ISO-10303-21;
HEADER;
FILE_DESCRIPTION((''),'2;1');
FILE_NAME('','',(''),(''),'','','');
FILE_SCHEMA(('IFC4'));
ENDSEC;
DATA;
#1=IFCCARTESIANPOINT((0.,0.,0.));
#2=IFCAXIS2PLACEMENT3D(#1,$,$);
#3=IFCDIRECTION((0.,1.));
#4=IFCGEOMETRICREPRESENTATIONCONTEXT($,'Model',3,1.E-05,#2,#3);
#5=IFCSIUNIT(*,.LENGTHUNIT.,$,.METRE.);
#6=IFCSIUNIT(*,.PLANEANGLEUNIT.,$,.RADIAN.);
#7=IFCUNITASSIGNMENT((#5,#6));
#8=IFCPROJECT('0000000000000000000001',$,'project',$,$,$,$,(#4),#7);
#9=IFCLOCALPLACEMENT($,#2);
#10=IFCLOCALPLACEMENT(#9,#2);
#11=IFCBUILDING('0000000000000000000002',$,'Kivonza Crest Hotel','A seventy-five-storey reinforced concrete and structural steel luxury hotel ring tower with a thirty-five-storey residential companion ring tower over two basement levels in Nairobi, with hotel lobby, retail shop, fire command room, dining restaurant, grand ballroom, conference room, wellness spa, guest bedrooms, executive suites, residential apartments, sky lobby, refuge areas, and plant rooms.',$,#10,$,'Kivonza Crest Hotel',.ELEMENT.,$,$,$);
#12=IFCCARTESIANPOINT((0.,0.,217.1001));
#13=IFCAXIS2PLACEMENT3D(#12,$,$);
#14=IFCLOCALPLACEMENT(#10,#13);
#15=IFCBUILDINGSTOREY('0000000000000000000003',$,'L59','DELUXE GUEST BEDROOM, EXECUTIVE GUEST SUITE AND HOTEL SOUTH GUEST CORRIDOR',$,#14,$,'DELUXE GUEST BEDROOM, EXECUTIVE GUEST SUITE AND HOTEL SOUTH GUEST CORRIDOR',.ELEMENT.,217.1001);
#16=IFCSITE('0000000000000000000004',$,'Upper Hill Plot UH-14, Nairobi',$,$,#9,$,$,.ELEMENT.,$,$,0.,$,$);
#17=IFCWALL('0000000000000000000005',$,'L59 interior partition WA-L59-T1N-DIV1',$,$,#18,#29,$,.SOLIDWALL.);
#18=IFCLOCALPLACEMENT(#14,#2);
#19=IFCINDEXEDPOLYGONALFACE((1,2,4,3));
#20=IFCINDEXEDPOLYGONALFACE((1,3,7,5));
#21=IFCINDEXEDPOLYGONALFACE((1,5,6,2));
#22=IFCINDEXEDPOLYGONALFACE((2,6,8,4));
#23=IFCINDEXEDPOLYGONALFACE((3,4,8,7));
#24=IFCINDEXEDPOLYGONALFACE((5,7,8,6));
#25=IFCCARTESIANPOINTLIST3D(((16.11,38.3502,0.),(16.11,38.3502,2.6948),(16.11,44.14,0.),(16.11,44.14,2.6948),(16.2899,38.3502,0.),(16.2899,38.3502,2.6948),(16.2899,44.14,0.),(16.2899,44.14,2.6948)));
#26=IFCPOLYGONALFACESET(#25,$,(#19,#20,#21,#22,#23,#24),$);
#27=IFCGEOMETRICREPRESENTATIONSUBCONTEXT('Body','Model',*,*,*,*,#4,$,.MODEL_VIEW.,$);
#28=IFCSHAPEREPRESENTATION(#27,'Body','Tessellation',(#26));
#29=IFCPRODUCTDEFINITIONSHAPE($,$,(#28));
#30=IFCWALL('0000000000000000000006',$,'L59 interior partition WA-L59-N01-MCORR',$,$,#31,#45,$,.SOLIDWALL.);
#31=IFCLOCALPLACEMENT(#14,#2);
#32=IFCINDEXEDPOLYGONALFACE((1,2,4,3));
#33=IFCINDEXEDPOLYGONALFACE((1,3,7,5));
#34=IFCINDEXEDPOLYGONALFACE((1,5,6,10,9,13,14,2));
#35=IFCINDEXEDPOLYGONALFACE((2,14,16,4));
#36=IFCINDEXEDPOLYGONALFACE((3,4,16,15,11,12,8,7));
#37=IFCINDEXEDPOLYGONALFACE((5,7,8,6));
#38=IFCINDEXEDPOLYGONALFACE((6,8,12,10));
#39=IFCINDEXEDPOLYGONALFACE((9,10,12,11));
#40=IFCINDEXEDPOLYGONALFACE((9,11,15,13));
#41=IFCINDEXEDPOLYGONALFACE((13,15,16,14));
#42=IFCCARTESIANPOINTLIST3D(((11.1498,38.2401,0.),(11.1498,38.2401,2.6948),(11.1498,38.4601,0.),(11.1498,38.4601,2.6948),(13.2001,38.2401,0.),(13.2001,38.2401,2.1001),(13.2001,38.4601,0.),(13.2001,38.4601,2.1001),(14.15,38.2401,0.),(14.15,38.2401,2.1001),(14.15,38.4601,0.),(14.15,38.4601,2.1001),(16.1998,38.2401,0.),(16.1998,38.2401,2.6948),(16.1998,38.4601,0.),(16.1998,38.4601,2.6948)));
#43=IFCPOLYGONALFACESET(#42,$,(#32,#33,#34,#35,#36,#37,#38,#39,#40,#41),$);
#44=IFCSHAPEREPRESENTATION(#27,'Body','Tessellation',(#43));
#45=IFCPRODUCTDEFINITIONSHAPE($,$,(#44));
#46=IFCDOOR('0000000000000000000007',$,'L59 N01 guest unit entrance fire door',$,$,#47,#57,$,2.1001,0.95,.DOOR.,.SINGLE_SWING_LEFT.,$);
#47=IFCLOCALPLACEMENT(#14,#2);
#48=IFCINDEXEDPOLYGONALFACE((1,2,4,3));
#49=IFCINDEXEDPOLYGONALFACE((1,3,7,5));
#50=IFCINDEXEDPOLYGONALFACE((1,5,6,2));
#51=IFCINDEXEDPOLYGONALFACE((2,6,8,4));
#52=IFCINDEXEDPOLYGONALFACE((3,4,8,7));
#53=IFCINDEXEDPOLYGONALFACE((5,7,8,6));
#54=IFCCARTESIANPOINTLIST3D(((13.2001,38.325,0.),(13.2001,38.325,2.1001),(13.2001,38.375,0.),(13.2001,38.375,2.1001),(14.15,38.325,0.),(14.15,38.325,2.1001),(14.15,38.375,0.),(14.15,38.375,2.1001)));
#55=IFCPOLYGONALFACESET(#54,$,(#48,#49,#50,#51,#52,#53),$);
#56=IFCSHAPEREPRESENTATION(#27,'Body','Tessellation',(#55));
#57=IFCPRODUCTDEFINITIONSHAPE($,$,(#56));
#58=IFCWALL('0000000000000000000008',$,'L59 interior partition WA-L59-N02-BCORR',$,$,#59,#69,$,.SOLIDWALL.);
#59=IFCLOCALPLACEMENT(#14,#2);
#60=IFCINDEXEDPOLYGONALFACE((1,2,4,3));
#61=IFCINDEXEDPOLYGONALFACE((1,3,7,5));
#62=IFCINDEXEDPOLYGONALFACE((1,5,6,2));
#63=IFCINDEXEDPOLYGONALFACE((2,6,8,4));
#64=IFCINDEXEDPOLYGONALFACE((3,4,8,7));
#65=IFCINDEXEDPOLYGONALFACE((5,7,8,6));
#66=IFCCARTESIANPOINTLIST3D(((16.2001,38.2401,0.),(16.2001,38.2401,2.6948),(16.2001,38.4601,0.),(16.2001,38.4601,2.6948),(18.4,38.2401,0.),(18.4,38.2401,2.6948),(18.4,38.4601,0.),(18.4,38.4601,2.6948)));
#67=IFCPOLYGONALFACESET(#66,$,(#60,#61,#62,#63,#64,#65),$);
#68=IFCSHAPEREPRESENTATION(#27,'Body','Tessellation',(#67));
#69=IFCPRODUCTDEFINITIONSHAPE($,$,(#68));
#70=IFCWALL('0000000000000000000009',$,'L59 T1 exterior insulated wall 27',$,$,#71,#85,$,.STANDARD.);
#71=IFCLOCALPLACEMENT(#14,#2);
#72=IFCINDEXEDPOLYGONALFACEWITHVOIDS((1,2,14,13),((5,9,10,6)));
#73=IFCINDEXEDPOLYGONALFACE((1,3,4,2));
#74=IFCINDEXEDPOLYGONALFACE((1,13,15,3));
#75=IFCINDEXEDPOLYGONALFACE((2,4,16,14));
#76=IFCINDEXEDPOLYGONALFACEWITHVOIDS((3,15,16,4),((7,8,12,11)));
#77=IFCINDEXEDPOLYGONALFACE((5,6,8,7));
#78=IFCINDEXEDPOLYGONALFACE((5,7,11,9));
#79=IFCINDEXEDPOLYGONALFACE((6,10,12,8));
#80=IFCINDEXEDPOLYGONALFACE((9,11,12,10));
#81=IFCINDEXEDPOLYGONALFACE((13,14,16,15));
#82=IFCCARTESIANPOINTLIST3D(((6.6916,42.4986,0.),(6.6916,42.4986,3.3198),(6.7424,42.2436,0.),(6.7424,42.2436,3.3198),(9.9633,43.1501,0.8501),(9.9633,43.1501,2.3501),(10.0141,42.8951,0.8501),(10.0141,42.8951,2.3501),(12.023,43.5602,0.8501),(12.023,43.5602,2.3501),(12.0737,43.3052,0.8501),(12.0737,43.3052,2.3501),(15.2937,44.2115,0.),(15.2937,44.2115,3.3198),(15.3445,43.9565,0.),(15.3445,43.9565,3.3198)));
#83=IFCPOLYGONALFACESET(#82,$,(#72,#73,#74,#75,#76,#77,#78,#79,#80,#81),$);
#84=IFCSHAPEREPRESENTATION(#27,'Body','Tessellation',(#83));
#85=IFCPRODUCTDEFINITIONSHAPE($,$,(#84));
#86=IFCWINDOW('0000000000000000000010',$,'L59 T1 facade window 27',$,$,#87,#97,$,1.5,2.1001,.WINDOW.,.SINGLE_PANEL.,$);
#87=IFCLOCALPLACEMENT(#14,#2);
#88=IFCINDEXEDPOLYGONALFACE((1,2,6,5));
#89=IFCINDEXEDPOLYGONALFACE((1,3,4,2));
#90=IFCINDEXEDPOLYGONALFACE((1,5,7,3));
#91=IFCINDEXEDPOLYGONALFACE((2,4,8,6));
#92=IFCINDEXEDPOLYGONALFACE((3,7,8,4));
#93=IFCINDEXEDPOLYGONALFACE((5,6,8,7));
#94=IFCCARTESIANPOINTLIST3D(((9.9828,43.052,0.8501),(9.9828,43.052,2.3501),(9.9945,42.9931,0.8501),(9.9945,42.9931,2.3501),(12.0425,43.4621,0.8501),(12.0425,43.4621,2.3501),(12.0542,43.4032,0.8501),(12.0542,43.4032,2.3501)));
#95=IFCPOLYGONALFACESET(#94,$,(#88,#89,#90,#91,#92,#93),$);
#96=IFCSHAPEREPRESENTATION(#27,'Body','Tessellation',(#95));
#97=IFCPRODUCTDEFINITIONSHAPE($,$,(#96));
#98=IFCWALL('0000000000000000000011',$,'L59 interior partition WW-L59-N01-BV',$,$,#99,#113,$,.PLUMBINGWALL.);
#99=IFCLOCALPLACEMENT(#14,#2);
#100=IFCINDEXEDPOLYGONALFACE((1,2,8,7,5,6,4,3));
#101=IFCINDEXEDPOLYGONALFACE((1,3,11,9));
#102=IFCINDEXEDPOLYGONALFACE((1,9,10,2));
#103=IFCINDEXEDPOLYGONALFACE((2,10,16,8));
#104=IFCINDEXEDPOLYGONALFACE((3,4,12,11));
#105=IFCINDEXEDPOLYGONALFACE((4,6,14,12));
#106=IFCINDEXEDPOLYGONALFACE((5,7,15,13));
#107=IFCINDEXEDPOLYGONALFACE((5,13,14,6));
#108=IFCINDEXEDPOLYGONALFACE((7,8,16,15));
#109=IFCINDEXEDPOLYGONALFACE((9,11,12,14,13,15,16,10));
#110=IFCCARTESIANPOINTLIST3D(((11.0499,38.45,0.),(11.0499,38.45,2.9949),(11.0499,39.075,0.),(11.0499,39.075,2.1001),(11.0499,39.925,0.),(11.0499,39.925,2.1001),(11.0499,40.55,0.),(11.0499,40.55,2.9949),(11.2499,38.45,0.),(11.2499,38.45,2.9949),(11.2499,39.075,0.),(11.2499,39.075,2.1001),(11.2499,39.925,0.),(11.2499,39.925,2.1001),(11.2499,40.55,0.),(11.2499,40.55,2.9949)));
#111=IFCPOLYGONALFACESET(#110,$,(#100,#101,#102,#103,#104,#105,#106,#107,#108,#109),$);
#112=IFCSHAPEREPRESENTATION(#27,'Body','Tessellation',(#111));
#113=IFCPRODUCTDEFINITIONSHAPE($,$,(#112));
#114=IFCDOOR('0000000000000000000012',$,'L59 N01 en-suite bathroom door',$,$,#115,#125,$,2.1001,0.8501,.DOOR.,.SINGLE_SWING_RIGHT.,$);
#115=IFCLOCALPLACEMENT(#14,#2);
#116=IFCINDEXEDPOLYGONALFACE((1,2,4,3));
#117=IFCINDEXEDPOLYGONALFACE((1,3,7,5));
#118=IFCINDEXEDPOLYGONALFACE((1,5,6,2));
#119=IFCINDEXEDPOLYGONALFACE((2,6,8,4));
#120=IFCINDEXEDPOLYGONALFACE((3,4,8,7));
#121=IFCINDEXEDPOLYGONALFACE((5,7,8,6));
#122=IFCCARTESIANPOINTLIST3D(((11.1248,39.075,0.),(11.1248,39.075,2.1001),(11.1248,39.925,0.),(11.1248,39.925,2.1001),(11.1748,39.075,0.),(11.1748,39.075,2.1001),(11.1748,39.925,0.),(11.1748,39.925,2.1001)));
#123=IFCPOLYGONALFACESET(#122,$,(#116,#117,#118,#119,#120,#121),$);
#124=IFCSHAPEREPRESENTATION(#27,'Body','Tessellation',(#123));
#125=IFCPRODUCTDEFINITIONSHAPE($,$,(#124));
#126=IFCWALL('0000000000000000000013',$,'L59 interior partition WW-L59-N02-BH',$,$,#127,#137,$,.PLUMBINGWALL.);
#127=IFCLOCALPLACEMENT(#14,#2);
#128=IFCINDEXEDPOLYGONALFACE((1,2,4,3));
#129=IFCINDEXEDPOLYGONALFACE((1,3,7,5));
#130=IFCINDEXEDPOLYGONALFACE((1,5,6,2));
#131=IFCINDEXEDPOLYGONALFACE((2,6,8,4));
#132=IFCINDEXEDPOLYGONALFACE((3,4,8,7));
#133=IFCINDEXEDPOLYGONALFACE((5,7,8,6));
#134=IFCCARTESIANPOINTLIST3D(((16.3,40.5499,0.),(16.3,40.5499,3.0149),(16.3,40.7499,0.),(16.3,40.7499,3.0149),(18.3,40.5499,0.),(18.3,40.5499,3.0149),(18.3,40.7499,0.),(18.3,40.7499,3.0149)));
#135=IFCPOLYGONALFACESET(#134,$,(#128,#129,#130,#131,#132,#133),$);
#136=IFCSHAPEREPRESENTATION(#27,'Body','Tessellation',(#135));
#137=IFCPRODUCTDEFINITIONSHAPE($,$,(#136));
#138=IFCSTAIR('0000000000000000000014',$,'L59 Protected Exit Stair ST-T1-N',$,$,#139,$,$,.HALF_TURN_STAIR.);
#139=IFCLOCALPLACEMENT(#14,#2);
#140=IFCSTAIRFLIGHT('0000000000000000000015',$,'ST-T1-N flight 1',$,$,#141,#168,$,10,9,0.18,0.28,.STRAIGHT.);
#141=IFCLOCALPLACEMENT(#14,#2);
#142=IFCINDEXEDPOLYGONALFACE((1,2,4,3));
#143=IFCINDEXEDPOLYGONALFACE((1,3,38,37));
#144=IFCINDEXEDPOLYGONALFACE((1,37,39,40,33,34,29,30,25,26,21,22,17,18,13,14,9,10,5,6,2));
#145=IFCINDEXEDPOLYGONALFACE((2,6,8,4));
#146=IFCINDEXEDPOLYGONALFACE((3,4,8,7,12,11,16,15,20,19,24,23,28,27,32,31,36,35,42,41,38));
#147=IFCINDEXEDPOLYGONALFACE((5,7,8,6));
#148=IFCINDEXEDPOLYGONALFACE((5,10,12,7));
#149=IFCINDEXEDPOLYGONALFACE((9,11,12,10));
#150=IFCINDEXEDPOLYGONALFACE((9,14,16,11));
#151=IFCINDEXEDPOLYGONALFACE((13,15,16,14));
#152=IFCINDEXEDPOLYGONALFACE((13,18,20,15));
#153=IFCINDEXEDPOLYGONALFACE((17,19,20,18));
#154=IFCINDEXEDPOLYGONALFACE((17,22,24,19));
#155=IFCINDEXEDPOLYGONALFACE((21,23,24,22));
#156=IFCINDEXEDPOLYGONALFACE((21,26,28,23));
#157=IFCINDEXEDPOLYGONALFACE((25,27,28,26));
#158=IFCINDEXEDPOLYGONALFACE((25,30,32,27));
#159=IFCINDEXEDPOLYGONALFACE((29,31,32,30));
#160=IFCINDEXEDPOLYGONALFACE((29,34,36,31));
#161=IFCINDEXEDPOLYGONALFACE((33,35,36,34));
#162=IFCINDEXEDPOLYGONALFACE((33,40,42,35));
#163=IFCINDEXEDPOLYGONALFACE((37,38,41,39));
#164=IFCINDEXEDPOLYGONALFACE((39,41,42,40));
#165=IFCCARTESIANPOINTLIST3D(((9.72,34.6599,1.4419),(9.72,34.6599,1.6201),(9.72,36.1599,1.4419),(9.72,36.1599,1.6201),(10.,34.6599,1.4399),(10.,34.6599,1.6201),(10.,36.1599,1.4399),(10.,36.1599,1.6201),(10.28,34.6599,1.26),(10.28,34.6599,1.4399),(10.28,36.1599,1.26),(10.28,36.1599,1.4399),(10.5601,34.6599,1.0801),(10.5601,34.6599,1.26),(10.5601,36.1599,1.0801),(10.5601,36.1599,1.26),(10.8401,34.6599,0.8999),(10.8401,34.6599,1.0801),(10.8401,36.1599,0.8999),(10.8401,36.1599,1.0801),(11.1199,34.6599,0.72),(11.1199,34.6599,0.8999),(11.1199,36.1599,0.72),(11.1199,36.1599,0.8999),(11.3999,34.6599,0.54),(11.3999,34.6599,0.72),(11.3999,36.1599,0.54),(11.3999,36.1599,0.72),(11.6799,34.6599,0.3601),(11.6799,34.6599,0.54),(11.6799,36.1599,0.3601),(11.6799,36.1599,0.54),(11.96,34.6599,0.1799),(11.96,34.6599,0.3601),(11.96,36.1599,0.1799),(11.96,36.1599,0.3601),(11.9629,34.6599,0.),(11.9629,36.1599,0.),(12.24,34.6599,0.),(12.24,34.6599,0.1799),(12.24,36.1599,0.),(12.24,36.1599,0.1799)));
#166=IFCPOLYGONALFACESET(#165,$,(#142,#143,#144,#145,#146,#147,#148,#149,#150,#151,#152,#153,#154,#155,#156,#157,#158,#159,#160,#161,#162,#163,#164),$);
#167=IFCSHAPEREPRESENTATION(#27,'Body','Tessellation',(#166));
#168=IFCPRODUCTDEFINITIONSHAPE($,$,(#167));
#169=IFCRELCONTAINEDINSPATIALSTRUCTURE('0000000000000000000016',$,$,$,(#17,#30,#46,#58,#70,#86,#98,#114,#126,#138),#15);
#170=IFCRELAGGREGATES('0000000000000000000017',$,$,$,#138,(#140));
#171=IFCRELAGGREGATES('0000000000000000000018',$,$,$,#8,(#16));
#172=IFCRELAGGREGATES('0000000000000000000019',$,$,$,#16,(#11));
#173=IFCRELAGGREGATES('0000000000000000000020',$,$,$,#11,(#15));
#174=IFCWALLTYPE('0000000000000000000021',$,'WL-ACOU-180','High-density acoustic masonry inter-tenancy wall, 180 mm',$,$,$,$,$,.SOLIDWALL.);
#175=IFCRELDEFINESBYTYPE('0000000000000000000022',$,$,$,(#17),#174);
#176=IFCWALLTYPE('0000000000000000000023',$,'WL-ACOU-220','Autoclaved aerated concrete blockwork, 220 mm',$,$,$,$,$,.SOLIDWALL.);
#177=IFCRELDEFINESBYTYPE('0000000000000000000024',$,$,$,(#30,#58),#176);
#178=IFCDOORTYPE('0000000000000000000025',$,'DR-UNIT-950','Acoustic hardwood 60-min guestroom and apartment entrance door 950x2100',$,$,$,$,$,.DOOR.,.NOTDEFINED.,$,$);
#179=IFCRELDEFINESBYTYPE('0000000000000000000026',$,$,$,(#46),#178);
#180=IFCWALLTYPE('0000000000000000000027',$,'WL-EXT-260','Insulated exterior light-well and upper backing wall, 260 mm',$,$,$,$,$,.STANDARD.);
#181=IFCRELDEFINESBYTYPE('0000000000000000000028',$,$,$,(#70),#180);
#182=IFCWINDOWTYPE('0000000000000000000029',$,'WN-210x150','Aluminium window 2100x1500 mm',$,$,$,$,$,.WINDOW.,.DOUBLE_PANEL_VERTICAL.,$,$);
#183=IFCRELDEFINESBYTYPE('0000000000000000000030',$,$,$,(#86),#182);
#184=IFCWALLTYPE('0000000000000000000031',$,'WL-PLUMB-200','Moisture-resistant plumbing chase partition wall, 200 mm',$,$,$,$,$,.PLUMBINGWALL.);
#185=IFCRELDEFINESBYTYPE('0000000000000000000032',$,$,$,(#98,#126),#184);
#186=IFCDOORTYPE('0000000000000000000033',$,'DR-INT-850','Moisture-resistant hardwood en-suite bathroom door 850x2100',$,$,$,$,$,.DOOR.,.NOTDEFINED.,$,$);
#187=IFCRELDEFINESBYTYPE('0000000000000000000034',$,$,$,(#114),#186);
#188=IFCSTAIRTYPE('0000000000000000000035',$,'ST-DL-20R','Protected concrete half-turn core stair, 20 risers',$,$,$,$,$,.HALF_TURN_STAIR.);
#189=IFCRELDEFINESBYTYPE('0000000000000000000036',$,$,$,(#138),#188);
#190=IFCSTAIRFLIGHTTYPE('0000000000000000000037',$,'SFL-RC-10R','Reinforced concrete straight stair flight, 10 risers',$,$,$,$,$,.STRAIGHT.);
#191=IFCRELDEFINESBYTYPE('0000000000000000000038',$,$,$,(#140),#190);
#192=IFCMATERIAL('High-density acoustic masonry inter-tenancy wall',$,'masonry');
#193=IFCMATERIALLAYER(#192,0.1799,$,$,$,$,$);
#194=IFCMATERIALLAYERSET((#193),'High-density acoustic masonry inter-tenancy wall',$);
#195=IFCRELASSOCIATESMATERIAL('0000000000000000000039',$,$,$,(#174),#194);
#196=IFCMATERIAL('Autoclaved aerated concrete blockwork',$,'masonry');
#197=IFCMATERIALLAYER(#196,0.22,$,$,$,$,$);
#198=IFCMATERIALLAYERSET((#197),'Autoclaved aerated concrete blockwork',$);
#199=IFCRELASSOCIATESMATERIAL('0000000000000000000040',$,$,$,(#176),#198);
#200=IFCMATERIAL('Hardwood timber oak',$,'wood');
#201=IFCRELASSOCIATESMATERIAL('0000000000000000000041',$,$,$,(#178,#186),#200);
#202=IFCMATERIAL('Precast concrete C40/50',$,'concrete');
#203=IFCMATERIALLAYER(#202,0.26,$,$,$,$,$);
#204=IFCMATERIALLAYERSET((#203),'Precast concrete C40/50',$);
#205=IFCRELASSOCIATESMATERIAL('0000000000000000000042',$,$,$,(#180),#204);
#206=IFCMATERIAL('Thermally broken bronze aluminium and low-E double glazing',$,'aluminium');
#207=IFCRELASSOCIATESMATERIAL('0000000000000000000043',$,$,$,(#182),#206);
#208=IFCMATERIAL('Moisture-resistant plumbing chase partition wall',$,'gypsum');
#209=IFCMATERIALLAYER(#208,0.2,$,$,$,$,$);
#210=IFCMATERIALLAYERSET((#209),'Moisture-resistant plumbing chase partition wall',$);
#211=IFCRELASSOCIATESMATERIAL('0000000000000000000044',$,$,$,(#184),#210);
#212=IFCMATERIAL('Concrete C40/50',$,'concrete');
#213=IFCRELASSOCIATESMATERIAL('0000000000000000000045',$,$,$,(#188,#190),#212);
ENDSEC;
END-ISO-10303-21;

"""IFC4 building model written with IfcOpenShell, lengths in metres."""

from ifc_helpers import new_model, si_unit, direction, frame, frame_2d, origin, place, context, subcontext, project, spatial, polyline, rectangle, outline, extrude, material, layer, layer_set, type_object, element, fill, aggregate, save


model = new_model("IFC4")

# Units and contexts
model_context = context("Model", 3, precision=1e-05, world=origin(), true_north=direction((0.0, 1.0)))
body_context = subcontext(model_context, "Body", "Model", "MODEL_VIEW")
ifc_project = project(units=[si_unit("LENGTHUNIT", "METRE"), si_unit("PLANEANGLEUNIT", "RADIAN")], contexts=[model_context])

# Site, building, storey
site_placement = place(None, origin())
site = spatial("IfcSite", under=ifc_project, at=site_placement, Name="Upper Hill Plot UH-14, Nairobi", CompositionType="ELEMENT", RefElevation=0.0)
building_placement = place(site_placement, origin())
building = spatial("IfcBuilding", under=site, at=building_placement, Name="Kivonza Crest Hotel", Description="A seventy-five-storey reinforced concrete and structural steel luxury hotel ring tower with a thirty-five-storey residential companion ring tower over two basement levels in Nairobi, with hotel lobby, retail shop, fire command room, dining restaurant, grand ballroom, conference room, wellness spa, guest bedrooms, executive suites, residential apartments, sky lobby, refuge areas, and plant rooms.", LongName="Kivonza Crest Hotel", CompositionType="ELEMENT")
storey_placement = place(building_placement, frame((0.0, 0.0, 217.1001)))
storey = spatial("IfcBuildingStorey", under=building, at=storey_placement, Name="L59", Description="DELUXE GUEST BEDROOM, EXECUTIVE GUEST SUITE AND HOTEL SOUTH GUEST CORRIDOR", LongName="DELUXE GUEST BEDROOM, EXECUTIVE GUEST SUITE AND HOTEL SOUTH GUEST CORRIDOR", CompositionType="ELEMENT", Elevation=217.1001)

# Wall
ifc_material_1 = material(Name="High-density acoustic masonry inter-tenancy wall", Category="masonry")
ifc_layer_1 = layer(ifc_material_1, 0.1799)
ifc_layer_set_1 = layer_set([ifc_layer_1], Name="High-density acoustic masonry inter-tenancy wall")
wall_type_1 = type_object("IfcWallType", Name="WL-ACOU-180", Description="High-density acoustic masonry inter-tenancy wall, 180 mm", PredefinedType="SOLIDWALL", material=ifc_layer_set_1)
wall_1_placement = place(storey_placement, frame((16.2, 38.3501, 0.0), z_axis=(0.0, 0.0, 1.0), x_axis=(0.0, 1.0, 0.0)))
element("IfcWall", 1, at=wall_1_placement, inside=storey, type_object=wall_type_1, Name="L59 interior partition WA-L59-T1N-DIV1", PredefinedType="SOLIDWALL", context=body_context, shape_type="SweptSolid", body=[
    extrude(rectangle(XDim=5.7898, YDim=0.1799, at=frame_2d((2.895, 0.0))), origin(), (0.0, 0.0, 1.0), 2.6948),
])

# Wall, opening, door
ifc_material_2 = material(Name="Autoclaved aerated concrete blockwork", Category="masonry")
ifc_layer_2 = layer(ifc_material_2, 0.22)
ifc_layer_set_2 = layer_set([ifc_layer_2], Name="Autoclaved aerated concrete blockwork")
wall_type_2 = type_object("IfcWallType", Name="WL-ACOU-220", Description="Autoclaved aerated concrete blockwork, 220 mm", PredefinedType="SOLIDWALL", material=ifc_layer_set_2)
wall_2_placement = place(storey_placement, frame((11.1499, 38.3501, 0.0), z_axis=(0.0, 0.0, 1.0), x_axis=(1.0, 0.0, 0.0)))
wall_2 = element("IfcWall", 2, at=wall_2_placement, inside=storey, type_object=wall_type_2, Name="L59 interior partition WA-L59-N01-MCORR", PredefinedType="SOLIDWALL", context=body_context, shape_type="SweptSolid", body=[
    extrude(rectangle(XDim=5.05, YDim=0.22, at=frame_2d((2.5249, 0.0))), origin(), (0.0, 0.0, 1.0), 2.6948),
])
opening_1_placement = place(wall_2_placement, frame((2.05, 0.0, 0.0)))
opening_1 = element("IfcOpeningElement", 3, at=opening_1_placement, cuts=wall_2, PredefinedType="OPENING", context=body_context, shape_type="SweptSolid", body=[
    extrude(rectangle(XDim=0.95, YDim=2.1001, at=frame_2d((0.4751, 1.05))), frame((0.0, 0.1201, 0.0), z_axis=(0.0, -1.0, 0.0), x_axis=(1.0, 0.0, 0.0)), (0.0, 0.0, 1.0), 0.24),
])
ifc_material_3 = material(Name="Hardwood timber oak", Category="wood")
door_type_1 = type_object("IfcDoorType", Name="DR-UNIT-950", Description="Acoustic hardwood 60-min guestroom and apartment entrance door 950x2100", OperationType="NOTDEFINED", PredefinedType="DOOR", material=ifc_material_3)
door_1_placement = place(opening_1_placement, origin())
door_1 = element("IfcDoor", 4, at=door_1_placement, inside=storey, type_object=door_type_1, Name="L59 N01 guest unit entrance fire door", OperationType="SINGLE_SWING_LEFT", OverallHeight=2.1001, OverallWidth=0.95, PredefinedType="DOOR", context=body_context, shape_type="SweptSolid", body=[
    extrude(rectangle(XDim=0.95, YDim=2.1001, at=frame_2d((0.4751, 1.05))), frame((0.0, 0.0249, 0.0), z_axis=(0.0, -1.0, 0.0), x_axis=(1.0, 0.0, 0.0)), (0.0, 0.0, 1.0), 0.05),
])
fill(opening_1, door_1)

# Wall
wall_3_placement = place(storey_placement, frame((16.2, 38.3501, 0.0), z_axis=(0.0, 0.0, 1.0), x_axis=(1.0, 0.0, 0.0)))
element("IfcWall", 5, at=wall_3_placement, inside=storey, type_object=wall_type_2, Name="L59 interior partition WA-L59-N02-BCORR", PredefinedType="SOLIDWALL", context=body_context, shape_type="SweptSolid", body=[
    extrude(rectangle(XDim=2.2, YDim=0.22, at=frame_2d((1.1001, 0.0))), origin(), (0.0, 0.0, 1.0), 2.6948),
])

# Wall, opening, window
ifc_material_4 = material(Name="Precast concrete C40/50", Category="concrete")
ifc_layer_3 = layer(ifc_material_4, 0.26)
ifc_layer_set_3 = layer_set([ifc_layer_3], Name="Precast concrete C40/50")
wall_type_3 = type_object("IfcWallType", Name="WL-EXT-260", Description="Insulated exterior light-well and upper backing wall, 260 mm", PredefinedType="STANDARD", material=ifc_layer_set_3)
wall_4_placement = place(storey_placement, frame((15.3191, 44.084, 0.0), z_axis=(0.0, 0.0, 1.0), x_axis=(-0.980745, -0.195292, 0.0)))
wall_4 = element("IfcWall", 6, at=wall_4_placement, inside=storey, type_object=wall_type_3, Name="L59 T1 exterior insulated wall 27", PredefinedType="STANDARD", context=body_context, shape_type="SweptSolid", body=[
    extrude(rectangle(XDim=8.771, YDim=0.26, at=frame_2d((4.3855, 0.0))), origin(), (0.0, 0.0, 1.0), 3.3198),
])
opening_2_placement = place(wall_4_placement, frame((3.335, 0.0, 0.8501)))
opening_2 = element("IfcOpeningElement", 7, at=opening_2_placement, cuts=wall_4, PredefinedType="OPENING", context=body_context, shape_type="SweptSolid", body=[
    extrude(rectangle(XDim=2.1001, YDim=1.5, at=frame_2d((1.05, 0.75))), frame((0.0, 0.1401, 0.0), z_axis=(0.0, -1.0, 0.0), x_axis=(1.0, 0.0, 0.0)), (0.0, 0.0, 1.0), 0.28),
])
ifc_material_5 = material(Name="Thermally broken bronze aluminium and low-E double glazing", Category="aluminium")
window_type = type_object("IfcWindowType", Name="WN-210x150", Description="Aluminium window 2100x1500 mm", PartitioningType="DOUBLE_PANEL_VERTICAL", PredefinedType="WINDOW", material=ifc_material_5)
window_placement = place(opening_2_placement, origin())
window = element("IfcWindow", 8, at=window_placement, inside=storey, type_object=window_type, Name="L59 T1 facade window 27", OverallHeight=1.5, OverallWidth=2.1001, PartitioningType="SINGLE_PANEL", PredefinedType="WINDOW", context=body_context, shape_type="SweptSolid", body=[
    extrude(rectangle(XDim=2.1001, YDim=1.5, at=frame_2d((1.05, 0.75))), frame((0.0, 0.03, 0.0), z_axis=(0.0, -1.0, 0.0), x_axis=(1.0, 0.0, 0.0)), (0.0, 0.0, 1.0), 0.0601),
])
fill(opening_2, window)

# Wall, opening, door
ifc_material_6 = material(Name="Moisture-resistant plumbing chase partition wall", Category="gypsum")
ifc_layer_4 = layer(ifc_material_6, 0.2)
ifc_layer_set_4 = layer_set([ifc_layer_4], Name="Moisture-resistant plumbing chase partition wall")
wall_type_4 = type_object("IfcWallType", Name="WL-PLUMB-200", Description="Moisture-resistant plumbing chase partition wall, 200 mm", PredefinedType="PLUMBINGWALL", material=ifc_layer_set_4)
wall_5_placement = place(storey_placement, frame((11.1499, 38.45, 0.0), z_axis=(0.0, 0.0, 1.0), x_axis=(0.0, 1.0, 0.0)))
wall_5 = element("IfcWall", 9, at=wall_5_placement, inside=storey, type_object=wall_type_4, Name="L59 interior partition WW-L59-N01-BV", PredefinedType="PLUMBINGWALL", context=body_context, shape_type="SweptSolid", body=[
    extrude(rectangle(XDim=2.1001, YDim=0.2, at=frame_2d((1.05, 0.0))), origin(), (0.0, 0.0, 1.0), 2.9949),
])
opening_3_placement = place(wall_5_placement, frame((0.625, 0.0, 0.0)))
opening_3 = element("IfcOpeningElement", 10, at=opening_3_placement, cuts=wall_5, PredefinedType="OPENING", context=body_context, shape_type="SweptSolid", body=[
    extrude(rectangle(XDim=0.8501, YDim=2.1001, at=frame_2d((0.425, 1.05))), frame((0.0, 0.1099, 0.0), z_axis=(0.0, -1.0, 0.0), x_axis=(1.0, 0.0, 0.0)), (0.0, 0.0, 1.0), 0.22),
])
door_type_2 = type_object("IfcDoorType", Name="DR-INT-850", Description="Moisture-resistant hardwood en-suite bathroom door 850x2100", OperationType="NOTDEFINED", PredefinedType="DOOR", material=ifc_material_3)
door_2_placement = place(opening_3_placement, frame((0.8501, 0.0, 0.0), z_axis=(0.0, 0.0, 1.0), x_axis=(-1.0, 0.0, 0.0)))
door_2 = element("IfcDoor", 11, at=door_2_placement, inside=storey, type_object=door_type_2, Name="L59 N01 en-suite bathroom door", OperationType="SINGLE_SWING_RIGHT", OverallHeight=2.1001, OverallWidth=0.8501, PredefinedType="DOOR", context=body_context, shape_type="SweptSolid", body=[
    extrude(rectangle(XDim=0.8501, YDim=2.1001, at=frame_2d((0.425, 1.05))), frame((0.0, 0.0249, 0.0), z_axis=(0.0, -1.0, 0.0), x_axis=(1.0, 0.0, 0.0)), (0.0, 0.0, 1.0), 0.05),
])
fill(opening_3, door_2)

# Wall
wall_6_placement = place(storey_placement, frame((16.3, 40.6499, 0.0), z_axis=(0.0, 0.0, 1.0), x_axis=(1.0, 0.0, 0.0)))
element("IfcWall", 12, at=wall_6_placement, inside=storey, type_object=wall_type_4, Name="L59 interior partition WW-L59-N02-BH", PredefinedType="PLUMBINGWALL", context=body_context, shape_type="SweptSolid", body=[
    extrude(rectangle(XDim=2.0, YDim=0.2, at=frame_2d((1.0, 0.0))), origin(), (0.0, 0.0, 1.0), 3.0149),
])

# Stair, stair flight
ifc_material_7 = material(Name="Concrete C40/50", Category="concrete")
stair_type = type_object("IfcStairType", Name="ST-DL-20R", Description="Protected concrete half-turn core stair, 20 risers", PredefinedType="HALF_TURN_STAIR", material=ifc_material_7)
stair_placement = place(storey_placement, origin())
stair = element("IfcStair", 13, at=stair_placement, inside=storey, type_object=stair_type, Name="L59 Protected Exit Stair ST-T1-N", PredefinedType="HALF_TURN_STAIR")
stair_flight_type = type_object("IfcStairFlightType", Name="SFL-RC-10R", Description="Reinforced concrete straight stair flight, 10 risers", PredefinedType="STRAIGHT", material=ifc_material_7)
stair_flight_placement = place(storey_placement, frame((12.24, 35.4099, 0.0), z_axis=(0.0, 0.0, 1.0), x_axis=(-1.0, 0.0, 0.0)))
stair_flight = element("IfcStairFlight", 14, at=stair_flight_placement, type_object=stair_flight_type, Name="ST-T1-N flight 1", NumberOfRisers=10, NumberOfTreads=9, PredefinedType="STRAIGHT", RiserHeight=0.18, TreadLength=0.28, context=body_context, shape_type="SweptSolid", body=[
    extrude(outline(polyline([(0.0, 0.0), (0.0, 0.1799), (0.28, 0.1799), (0.28, 0.3601), (0.5601, 0.3601), (0.5601, 0.54), (0.8401, 0.54), (0.8401, 0.72), (1.1201, 0.72), (1.1201, 0.8999), (1.3999, 0.8999), (1.3999, 1.0801), (1.6799, 1.0801), (1.6799, 1.26), (1.96, 1.26), (1.96, 1.4399), (2.24, 1.4399), (2.24, 1.6201), (2.52, 1.6201), (2.52, 1.8), (2.52, 1.4419), (0.2771, 0.0), (0.0, 0.0)])), frame((0.0, 0.75, 0.0), z_axis=(0.0, -1.0, 0.0), x_axis=(1.0, 0.0, 0.0)), (0.0, 0.0, 1.0), 1.5),
])
aggregate(stair, [stair_flight])

save(model, "model.ifc")
